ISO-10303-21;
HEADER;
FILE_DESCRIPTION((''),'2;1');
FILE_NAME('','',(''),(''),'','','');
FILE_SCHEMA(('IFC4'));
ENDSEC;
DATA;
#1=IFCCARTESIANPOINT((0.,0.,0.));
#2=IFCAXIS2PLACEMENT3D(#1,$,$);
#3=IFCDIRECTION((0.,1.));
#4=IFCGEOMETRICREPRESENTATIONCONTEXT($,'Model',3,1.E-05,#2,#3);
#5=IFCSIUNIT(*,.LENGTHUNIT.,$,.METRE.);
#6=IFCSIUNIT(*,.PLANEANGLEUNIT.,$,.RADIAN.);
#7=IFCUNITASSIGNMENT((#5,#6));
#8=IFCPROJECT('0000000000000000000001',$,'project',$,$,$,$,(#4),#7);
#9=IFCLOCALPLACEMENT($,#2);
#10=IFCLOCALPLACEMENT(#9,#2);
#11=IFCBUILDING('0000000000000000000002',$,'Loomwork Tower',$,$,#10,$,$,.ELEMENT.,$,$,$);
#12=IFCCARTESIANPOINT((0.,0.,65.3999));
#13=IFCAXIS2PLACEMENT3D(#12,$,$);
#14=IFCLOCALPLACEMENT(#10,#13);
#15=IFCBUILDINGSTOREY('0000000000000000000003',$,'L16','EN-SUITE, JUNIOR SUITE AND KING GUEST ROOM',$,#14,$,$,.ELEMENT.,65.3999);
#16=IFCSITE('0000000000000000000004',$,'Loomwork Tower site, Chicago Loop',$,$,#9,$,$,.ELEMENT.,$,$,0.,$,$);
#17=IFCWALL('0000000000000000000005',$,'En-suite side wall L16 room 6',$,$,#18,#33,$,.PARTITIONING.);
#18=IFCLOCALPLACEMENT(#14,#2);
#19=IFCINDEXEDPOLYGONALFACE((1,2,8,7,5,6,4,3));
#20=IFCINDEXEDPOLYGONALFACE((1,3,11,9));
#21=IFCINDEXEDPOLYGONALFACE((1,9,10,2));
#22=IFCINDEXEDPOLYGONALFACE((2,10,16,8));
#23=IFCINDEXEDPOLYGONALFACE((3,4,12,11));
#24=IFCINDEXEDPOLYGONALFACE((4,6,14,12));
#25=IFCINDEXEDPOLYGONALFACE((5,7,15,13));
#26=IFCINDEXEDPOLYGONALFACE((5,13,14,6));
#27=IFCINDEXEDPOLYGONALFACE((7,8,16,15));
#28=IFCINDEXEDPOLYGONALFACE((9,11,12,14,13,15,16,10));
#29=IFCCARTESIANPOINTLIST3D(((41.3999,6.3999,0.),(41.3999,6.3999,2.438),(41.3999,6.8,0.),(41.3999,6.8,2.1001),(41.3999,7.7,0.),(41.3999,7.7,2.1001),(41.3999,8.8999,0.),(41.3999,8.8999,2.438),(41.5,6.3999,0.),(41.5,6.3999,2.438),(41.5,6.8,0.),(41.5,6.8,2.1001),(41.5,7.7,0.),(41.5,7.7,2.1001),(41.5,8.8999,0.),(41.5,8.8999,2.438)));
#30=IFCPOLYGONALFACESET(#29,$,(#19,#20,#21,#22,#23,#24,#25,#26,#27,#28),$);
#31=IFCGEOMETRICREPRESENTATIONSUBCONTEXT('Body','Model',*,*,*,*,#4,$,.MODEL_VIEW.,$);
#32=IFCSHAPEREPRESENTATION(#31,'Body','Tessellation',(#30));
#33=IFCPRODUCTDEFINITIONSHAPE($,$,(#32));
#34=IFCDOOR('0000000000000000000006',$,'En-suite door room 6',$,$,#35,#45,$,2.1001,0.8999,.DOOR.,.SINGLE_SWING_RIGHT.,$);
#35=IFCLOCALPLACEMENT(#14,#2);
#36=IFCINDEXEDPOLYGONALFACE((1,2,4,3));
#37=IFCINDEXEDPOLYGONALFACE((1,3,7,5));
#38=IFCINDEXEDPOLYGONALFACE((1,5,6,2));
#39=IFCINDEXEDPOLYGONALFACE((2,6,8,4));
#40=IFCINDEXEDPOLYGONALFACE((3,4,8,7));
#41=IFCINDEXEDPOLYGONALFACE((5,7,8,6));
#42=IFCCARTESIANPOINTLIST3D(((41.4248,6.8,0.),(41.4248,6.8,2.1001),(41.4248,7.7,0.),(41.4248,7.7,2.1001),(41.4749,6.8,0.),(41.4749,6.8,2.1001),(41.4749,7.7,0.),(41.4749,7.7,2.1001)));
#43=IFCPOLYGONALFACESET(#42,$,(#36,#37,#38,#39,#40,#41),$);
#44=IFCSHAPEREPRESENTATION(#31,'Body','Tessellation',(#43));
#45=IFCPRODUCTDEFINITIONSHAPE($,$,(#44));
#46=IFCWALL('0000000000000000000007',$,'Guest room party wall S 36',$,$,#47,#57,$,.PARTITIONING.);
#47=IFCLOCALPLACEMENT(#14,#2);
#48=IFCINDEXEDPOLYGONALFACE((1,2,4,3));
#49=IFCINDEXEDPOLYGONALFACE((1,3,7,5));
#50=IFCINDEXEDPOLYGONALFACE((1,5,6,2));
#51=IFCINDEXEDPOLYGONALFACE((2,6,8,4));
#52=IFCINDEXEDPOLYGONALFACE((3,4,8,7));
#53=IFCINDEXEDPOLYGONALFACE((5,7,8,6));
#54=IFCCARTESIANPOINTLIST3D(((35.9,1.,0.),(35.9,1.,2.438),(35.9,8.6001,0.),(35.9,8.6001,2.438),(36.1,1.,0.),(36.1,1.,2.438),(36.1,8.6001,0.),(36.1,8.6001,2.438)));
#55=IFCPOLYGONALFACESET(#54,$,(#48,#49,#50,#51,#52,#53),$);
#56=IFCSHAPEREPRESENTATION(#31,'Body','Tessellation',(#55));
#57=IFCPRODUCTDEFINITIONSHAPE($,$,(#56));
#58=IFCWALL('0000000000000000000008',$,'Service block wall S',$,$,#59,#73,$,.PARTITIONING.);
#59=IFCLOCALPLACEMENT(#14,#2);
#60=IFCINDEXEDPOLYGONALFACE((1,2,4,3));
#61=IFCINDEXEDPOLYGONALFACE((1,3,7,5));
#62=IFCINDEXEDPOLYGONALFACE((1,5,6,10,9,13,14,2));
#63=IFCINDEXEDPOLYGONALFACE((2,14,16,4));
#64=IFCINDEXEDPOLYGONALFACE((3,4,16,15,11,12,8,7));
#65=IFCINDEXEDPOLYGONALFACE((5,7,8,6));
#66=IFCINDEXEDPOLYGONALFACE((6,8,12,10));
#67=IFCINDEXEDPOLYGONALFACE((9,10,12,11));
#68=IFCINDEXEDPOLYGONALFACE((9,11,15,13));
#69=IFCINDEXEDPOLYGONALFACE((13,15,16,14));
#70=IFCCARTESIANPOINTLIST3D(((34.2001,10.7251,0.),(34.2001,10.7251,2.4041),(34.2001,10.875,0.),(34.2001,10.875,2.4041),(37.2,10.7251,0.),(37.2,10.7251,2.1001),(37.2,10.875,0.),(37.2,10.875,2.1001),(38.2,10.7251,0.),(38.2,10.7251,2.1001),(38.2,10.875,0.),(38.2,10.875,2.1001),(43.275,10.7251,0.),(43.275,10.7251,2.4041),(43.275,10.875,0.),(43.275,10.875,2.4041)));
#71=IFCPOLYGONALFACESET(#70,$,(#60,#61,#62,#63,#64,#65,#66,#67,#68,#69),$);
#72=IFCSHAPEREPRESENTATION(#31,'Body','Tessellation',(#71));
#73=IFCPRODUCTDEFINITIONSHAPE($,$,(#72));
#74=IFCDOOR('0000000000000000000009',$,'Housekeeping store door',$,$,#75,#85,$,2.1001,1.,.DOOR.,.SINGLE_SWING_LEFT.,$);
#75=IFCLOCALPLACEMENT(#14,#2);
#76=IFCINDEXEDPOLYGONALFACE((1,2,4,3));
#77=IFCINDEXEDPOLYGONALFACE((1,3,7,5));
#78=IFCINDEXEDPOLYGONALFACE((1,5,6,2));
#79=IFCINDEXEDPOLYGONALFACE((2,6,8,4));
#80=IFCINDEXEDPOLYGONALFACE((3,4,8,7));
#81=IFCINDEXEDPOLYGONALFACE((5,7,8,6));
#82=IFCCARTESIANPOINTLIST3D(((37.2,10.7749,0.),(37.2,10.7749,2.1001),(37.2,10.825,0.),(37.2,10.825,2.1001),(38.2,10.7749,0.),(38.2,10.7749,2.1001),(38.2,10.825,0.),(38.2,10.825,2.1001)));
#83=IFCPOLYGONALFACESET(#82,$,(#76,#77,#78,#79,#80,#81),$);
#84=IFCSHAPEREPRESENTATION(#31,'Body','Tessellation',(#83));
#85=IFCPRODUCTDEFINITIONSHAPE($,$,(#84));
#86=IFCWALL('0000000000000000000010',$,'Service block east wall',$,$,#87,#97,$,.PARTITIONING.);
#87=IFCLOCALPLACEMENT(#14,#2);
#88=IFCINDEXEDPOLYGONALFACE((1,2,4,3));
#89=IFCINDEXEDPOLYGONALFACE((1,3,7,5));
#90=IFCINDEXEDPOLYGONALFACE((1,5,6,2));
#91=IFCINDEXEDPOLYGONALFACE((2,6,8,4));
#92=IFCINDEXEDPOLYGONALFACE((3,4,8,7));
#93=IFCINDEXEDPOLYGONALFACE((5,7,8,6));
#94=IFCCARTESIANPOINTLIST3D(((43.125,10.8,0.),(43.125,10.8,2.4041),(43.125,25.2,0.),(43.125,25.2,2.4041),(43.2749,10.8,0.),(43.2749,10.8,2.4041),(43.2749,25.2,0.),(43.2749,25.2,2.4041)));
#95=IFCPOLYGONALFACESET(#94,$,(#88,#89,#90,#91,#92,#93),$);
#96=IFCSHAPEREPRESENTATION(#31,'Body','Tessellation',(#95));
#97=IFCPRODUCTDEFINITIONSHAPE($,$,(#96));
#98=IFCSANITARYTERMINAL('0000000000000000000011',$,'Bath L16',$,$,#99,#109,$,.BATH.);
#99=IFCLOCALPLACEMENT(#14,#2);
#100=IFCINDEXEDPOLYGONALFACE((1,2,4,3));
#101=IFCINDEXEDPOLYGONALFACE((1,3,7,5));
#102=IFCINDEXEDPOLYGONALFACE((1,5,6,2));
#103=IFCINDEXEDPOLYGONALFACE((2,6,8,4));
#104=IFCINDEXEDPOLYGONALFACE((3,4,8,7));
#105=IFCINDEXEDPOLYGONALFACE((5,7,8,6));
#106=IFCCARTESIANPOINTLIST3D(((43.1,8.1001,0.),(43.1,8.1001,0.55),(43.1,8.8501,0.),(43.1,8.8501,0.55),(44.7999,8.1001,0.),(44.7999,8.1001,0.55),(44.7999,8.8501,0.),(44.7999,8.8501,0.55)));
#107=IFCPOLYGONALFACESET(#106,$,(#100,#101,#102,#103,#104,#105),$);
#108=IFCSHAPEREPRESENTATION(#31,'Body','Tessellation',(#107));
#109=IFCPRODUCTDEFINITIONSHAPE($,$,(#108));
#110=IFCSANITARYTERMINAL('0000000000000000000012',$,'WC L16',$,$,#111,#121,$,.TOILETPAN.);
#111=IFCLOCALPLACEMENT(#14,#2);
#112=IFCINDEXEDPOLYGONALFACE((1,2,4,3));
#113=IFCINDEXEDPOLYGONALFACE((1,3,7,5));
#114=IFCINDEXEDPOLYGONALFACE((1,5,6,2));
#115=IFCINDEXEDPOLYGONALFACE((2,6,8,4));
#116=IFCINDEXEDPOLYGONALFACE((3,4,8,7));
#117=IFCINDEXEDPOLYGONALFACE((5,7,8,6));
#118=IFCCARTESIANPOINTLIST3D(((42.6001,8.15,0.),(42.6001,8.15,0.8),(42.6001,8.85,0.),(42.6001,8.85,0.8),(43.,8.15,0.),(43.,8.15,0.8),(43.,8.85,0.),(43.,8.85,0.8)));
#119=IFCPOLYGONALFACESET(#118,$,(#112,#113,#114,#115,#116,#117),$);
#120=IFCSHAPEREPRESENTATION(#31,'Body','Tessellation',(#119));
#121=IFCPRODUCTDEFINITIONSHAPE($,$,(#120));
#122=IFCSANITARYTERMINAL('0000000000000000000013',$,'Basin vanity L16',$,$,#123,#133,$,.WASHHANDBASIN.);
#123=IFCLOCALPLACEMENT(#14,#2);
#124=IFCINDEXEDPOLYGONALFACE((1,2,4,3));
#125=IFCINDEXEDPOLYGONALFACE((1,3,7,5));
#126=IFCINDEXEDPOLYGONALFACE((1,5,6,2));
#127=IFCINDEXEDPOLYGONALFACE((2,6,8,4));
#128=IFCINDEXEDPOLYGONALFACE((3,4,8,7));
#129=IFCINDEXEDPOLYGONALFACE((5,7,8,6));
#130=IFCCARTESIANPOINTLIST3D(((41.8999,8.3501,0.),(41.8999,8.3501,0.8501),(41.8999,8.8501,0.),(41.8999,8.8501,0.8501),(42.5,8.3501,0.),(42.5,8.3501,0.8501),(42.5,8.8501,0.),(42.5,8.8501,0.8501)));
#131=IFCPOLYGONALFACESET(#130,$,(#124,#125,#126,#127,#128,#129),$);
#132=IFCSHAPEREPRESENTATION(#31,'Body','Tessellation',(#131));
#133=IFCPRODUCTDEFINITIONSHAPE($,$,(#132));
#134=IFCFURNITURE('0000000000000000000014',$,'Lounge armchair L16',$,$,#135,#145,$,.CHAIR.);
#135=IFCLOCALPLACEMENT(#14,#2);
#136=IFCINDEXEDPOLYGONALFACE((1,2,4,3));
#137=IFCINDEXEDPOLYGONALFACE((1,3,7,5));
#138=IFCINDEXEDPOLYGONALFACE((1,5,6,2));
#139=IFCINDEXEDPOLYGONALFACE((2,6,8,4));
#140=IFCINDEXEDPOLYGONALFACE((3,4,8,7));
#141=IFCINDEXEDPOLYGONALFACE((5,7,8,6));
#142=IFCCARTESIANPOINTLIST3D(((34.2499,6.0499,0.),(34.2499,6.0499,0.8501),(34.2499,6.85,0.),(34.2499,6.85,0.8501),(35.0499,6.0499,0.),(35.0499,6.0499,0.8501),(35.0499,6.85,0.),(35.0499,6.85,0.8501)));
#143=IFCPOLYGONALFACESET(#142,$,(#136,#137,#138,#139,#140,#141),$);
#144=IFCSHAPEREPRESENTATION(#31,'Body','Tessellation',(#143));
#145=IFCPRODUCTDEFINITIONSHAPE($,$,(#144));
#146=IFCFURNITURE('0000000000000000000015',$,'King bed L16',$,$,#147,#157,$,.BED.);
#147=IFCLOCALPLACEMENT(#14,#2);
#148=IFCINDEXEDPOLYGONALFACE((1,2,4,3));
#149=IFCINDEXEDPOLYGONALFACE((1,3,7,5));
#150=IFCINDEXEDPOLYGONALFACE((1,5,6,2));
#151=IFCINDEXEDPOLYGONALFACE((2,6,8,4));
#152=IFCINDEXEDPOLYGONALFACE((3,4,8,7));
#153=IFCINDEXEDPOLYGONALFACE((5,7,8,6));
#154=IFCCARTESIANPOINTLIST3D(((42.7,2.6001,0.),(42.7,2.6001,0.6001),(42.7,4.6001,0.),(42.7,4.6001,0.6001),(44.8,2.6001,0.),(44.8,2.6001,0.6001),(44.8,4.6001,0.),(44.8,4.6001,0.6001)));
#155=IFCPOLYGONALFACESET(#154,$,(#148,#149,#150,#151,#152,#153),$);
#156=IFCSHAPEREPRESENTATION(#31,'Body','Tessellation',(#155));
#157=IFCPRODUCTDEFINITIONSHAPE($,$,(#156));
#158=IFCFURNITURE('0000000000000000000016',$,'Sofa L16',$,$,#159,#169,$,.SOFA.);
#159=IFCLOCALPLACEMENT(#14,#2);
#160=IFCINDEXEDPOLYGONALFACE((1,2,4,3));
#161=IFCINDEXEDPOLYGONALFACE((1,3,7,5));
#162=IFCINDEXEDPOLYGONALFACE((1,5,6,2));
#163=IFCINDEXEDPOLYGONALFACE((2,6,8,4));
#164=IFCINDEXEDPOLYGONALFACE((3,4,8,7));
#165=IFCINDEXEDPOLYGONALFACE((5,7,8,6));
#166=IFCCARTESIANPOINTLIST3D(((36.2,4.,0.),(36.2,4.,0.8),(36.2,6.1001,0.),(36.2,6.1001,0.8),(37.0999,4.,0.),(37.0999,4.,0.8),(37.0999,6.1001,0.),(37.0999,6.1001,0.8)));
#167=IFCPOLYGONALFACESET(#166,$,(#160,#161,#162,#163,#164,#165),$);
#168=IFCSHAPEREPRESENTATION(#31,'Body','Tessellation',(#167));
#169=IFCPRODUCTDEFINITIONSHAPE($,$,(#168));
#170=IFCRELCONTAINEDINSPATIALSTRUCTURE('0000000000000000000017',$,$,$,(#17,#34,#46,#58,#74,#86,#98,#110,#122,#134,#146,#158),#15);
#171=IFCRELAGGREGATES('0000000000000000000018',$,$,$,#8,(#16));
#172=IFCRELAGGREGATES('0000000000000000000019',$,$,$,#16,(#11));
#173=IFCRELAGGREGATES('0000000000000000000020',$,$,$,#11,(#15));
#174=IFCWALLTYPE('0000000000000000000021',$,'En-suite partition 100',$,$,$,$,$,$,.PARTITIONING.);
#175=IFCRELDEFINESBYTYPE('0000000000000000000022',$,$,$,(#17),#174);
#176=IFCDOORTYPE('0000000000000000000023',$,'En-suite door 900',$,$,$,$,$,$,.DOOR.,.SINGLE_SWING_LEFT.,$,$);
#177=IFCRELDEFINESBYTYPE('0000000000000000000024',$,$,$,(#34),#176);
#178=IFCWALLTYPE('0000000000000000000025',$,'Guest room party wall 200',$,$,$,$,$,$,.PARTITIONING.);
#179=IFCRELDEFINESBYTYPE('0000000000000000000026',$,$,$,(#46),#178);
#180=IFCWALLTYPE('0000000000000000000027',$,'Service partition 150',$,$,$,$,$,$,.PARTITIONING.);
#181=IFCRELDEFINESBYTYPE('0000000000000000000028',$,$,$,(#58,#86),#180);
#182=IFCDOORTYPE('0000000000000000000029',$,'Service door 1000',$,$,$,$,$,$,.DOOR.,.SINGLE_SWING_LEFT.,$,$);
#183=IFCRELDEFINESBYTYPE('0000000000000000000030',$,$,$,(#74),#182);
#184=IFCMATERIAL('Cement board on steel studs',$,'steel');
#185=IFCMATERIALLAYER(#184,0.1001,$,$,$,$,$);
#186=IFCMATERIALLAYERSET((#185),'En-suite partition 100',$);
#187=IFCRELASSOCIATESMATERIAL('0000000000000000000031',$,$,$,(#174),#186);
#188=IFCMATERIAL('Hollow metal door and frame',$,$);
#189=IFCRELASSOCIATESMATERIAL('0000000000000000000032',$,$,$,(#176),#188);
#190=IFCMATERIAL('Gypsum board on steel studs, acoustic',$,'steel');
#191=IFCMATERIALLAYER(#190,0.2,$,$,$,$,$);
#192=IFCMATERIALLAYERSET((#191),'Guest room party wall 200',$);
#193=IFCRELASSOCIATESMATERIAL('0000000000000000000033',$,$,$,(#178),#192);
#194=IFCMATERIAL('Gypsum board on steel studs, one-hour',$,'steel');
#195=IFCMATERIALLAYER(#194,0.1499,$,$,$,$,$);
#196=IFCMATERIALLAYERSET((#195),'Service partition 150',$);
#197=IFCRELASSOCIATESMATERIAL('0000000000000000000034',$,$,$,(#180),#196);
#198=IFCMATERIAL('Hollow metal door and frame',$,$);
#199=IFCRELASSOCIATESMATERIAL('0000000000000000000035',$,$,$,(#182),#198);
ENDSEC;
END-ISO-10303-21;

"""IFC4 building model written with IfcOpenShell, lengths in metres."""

from ifc_helpers import new_model, si_unit, direction, frame, frame_2d, origin, origin_2d, place, context, subcontext, project, spatial, rectangle, extrude, material, layer, layer_set, type_object, element, fill, save


model = new_model("IFC4")

# Units and contexts
model_context = context("Model", 3, precision=1e-05, world=origin(), true_north=direction((0.0, 1.0)))
body_context = subcontext(model_context, "Body", "Model", "MODEL_VIEW")
ifc_project = project(units=[si_unit("LENGTHUNIT", "METRE"), si_unit("PLANEANGLEUNIT", "RADIAN")], contexts=[model_context])

# Site, building, storey
site_placement = place(None, origin())
site = spatial("IfcSite", under=ifc_project, at=site_placement, Name="Loomwork Tower site, Chicago Loop", CompositionType="ELEMENT", RefElevation=0.0)
building_placement = place(site_placement, origin())
building = spatial("IfcBuilding", under=site, at=building_placement, Name="Loomwork Tower", CompositionType="ELEMENT")
storey_placement = place(building_placement, frame((0.0, 0.0, 65.3999)))
storey = spatial("IfcBuildingStorey", under=building, at=storey_placement, Name="L16", Description="EN-SUITE, JUNIOR SUITE AND KING GUEST ROOM", CompositionType="ELEMENT", Elevation=65.3999)

# Shared definitions
ifc_material_1 = material(Name="Cement board on steel studs", Category="steel")
ifc_layer_1 = layer(ifc_material_1, 0.1001)
ifc_layer_set_1 = layer_set([ifc_layer_1], Name="En-suite partition 100")
wall_type_1 = type_object("IfcWallType", Name="En-suite partition 100", PredefinedType="PARTITIONING", material=ifc_layer_set_1)

# Wall, opening, door
wall_1_placement = place(storey_placement, frame((41.45, 8.8999, 0.0), z_axis=(0.0, 0.0, 1.0), x_axis=(0.0, -1.0, 0.0)))
wall_1 = element("IfcWall", 1, at=wall_1_placement, inside=storey, type_object=wall_type_1, Name="En-suite side wall L16 room 6", PredefinedType="PARTITIONING", context=body_context, shape_type="SweptSolid", body=[
    extrude(rectangle(XDim=2.5, YDim=0.1001, at=frame_2d((1.25, 0.0))), origin(), (0.0, 0.0, 1.0), 2.438),
])
opening_1_placement = place(wall_1_placement, frame((1.2, 0.0, 0.0)))
opening_1 = element("IfcOpeningElement", 2, at=opening_1_placement, cuts=wall_1, PredefinedType="OPENING", context=body_context, shape_type="SweptSolid", body=[
    extrude(rectangle(XDim=0.8999, YDim=2.1001, at=frame_2d((0.45, 1.05))), frame((0.0, 0.0601, 0.0), z_axis=(0.0, -1.0, 0.0), x_axis=(1.0, 0.0, 0.0)), (0.0, 0.0, 1.0), 0.1201),
])
ifc_material_2 = material(Name="Hollow metal door and frame")
door_type_1 = type_object("IfcDoorType", Name="En-suite door 900", OperationType="SINGLE_SWING_LEFT", PredefinedType="DOOR", material=ifc_material_2)
door_1_placement = place(opening_1_placement, origin())
door_1 = element("IfcDoor", 3, at=door_1_placement, inside=storey, type_object=door_type_1, Name="En-suite door room 6", OperationType="SINGLE_SWING_RIGHT", OverallHeight=2.1001, OverallWidth=0.8999, PredefinedType="DOOR", context=body_context, shape_type="SweptSolid", body=[
    extrude(rectangle(XDim=0.8999, YDim=2.1001, at=frame_2d((0.45, 1.05))), frame((0.0, 0.0249, 0.0), z_axis=(0.0, -1.0, 0.0), x_axis=(1.0, 0.0, 0.0)), (0.0, 0.0, 1.0), 0.05),
])
fill(opening_1, door_1)

# Wall
ifc_material_3 = material(Name="Gypsum board on steel studs, acoustic", Category="steel")
ifc_layer_2 = layer(ifc_material_3, 0.2)
ifc_layer_set_2 = layer_set([ifc_layer_2], Name="Guest room party wall 200")
wall_type_2 = type_object("IfcWallType", Name="Guest room party wall 200", PredefinedType="PARTITIONING", material=ifc_layer_set_2)
wall_2_placement = place(storey_placement, frame((36.0, 8.6001, 0.0), z_axis=(0.0, 0.0, 1.0), x_axis=(0.0, -1.0, 0.0)))
element("IfcWall", 4, at=wall_2_placement, inside=storey, type_object=wall_type_2, Name="Guest room party wall S 36", PredefinedType="PARTITIONING", context=body_context, shape_type="SweptSolid", body=[
    extrude(rectangle(XDim=7.6001, YDim=0.2, at=frame_2d((3.8, 0.0))), origin(), (0.0, 0.0, 1.0), 2.438),
])

# Wall, opening, door
ifc_material_4 = material(Name="Gypsum board on steel studs, one-hour", Category="steel")
ifc_layer_3 = layer(ifc_material_4, 0.1499)
ifc_layer_set_3 = layer_set([ifc_layer_3], Name="Service partition 150")
wall_type_3 = type_object("IfcWallType", Name="Service partition 150", PredefinedType="PARTITIONING", material=ifc_layer_set_3)
wall_3_placement = place(storey_placement, frame((34.2, 10.8, 0.0), z_axis=(0.0, 0.0, 1.0), x_axis=(1.0, 0.0, 0.0)))
wall_3 = element("IfcWall", 5, at=wall_3_placement, inside=storey, type_object=wall_type_3, Name="Service block wall S", PredefinedType="PARTITIONING", context=body_context, shape_type="SweptSolid", body=[
    extrude(rectangle(XDim=9.075, YDim=0.1499, at=frame_2d((4.5376, 0.0))), origin(), (0.0, 0.0, 1.0), 2.4041),
])
opening_2_placement = place(wall_3_placement, frame((3.0, 0.0, 0.0)))
opening_2 = element("IfcOpeningElement", 6, at=opening_2_placement, cuts=wall_3, PredefinedType="OPENING", context=body_context, shape_type="SweptSolid", body=[
    extrude(rectangle(XDim=1.0, YDim=2.1001, at=frame_2d((0.5, 1.05))), frame((0.0, 0.085, 0.0), z_axis=(0.0, -1.0, 0.0), x_axis=(1.0, 0.0, 0.0)), (0.0, 0.0, 1.0), 0.1699),
])
ifc_material_5 = material(Name="Hollow metal door and frame")
door_type_2 = type_object("IfcDoorType", Name="Service door 1000", OperationType="SINGLE_SWING_LEFT", PredefinedType="DOOR", material=ifc_material_5)
door_2_placement = place(opening_2_placement, origin())
door_2 = element("IfcDoor", 7, at=door_2_placement, inside=storey, type_object=door_type_2, Name="Housekeeping store door", OperationType="SINGLE_SWING_LEFT", OverallHeight=2.1001, OverallWidth=1.0, PredefinedType="DOOR", context=body_context, shape_type="SweptSolid", body=[
    extrude(rectangle(XDim=1.0, YDim=2.1001, at=frame_2d((0.5, 1.05))), frame((0.0, 0.0249, 0.0), z_axis=(0.0, -1.0, 0.0), x_axis=(1.0, 0.0, 0.0)), (0.0, 0.0, 1.0), 0.05),
])
fill(opening_2, door_2)

# Wall
wall_4_placement = place(storey_placement, frame((43.2, 10.8, 0.0), z_axis=(0.0, 0.0, 1.0), x_axis=(0.0, 1.0, 0.0)))
element("IfcWall", 8, at=wall_4_placement, inside=storey, type_object=wall_type_3, Name="Service block east wall", PredefinedType="PARTITIONING", context=body_context, shape_type="SweptSolid", body=[
    extrude(rectangle(XDim=14.3999, YDim=0.1499, at=frame_2d((7.2, 0.0))), origin(), (0.0, 0.0, 1.0), 2.4041),
])

# Sanitary terminals
sanitary_terminal_1_placement = place(storey_placement, frame((43.95, 8.4751, 0.0), z_axis=(0.0, 0.0, 1.0), x_axis=(1.0, 0.0, 0.0)))
element("IfcSanitaryTerminal", 9, at=sanitary_terminal_1_placement, inside=storey, Name="Bath L16", PredefinedType="BATH", context=body_context, shape_type="SweptSolid", body=[
    extrude(rectangle(XDim=1.7, YDim=0.75, at=origin_2d()), origin(), (0.0, 0.0, 1.0), 0.55),
])
sanitary_terminal_2_placement = place(storey_placement, frame((42.8, 8.5, 0.0), z_axis=(0.0, 0.0, 1.0), x_axis=(1.0, 0.0, 0.0)))
element("IfcSanitaryTerminal", 10, at=sanitary_terminal_2_placement, inside=storey, Name="WC L16", PredefinedType="TOILETPAN", context=body_context, shape_type="SweptSolid", body=[
    extrude(rectangle(XDim=0.3999, YDim=0.7, at=origin_2d()), origin(), (0.0, 0.0, 1.0), 0.8),
])
sanitary_terminal_3_placement = place(storey_placement, frame((42.2, 8.6001, 0.0), z_axis=(0.0, 0.0, 1.0), x_axis=(1.0, 0.0, 0.0)))
element("IfcSanitaryTerminal", 11, at=sanitary_terminal_3_placement, inside=storey, Name="Basin vanity L16", PredefinedType="WASHHANDBASIN", context=body_context, shape_type="SweptSolid", body=[
    extrude(rectangle(XDim=0.6001, YDim=0.5, at=origin_2d()), origin(), (0.0, 0.0, 1.0), 0.8501),
])

# Furniture
furniture_1_placement = place(storey_placement, frame((34.6499, 6.45, 0.0), z_axis=(0.0, 0.0, 1.0), x_axis=(1.0, 0.0, 0.0)))
element("IfcFurniture", 12, at=furniture_1_placement, inside=storey, Name="Lounge armchair L16", PredefinedType="CHAIR", context=body_context, shape_type="SweptSolid", body=[
    extrude(rectangle(XDim=0.8, YDim=0.8, at=origin_2d()), origin(), (0.0, 0.0, 1.0), 0.8501),
])
furniture_2_placement = place(storey_placement, frame((43.75, 3.6001, 0.0), z_axis=(0.0, 0.0, 1.0), x_axis=(1.0, 0.0, 0.0)))
element("IfcFurniture", 13, at=furniture_2_placement, inside=storey, Name="King bed L16", PredefinedType="BED", context=body_context, shape_type="SweptSolid", body=[
    extrude(rectangle(XDim=2.1001, YDim=2.0, at=origin_2d()), origin(), (0.0, 0.0, 1.0), 0.6001),
])
furniture_3_placement = place(storey_placement, frame((36.6499, 5.05, 0.0), z_axis=(0.0, 0.0, 1.0), x_axis=(1.0, 0.0, 0.0)))
element("IfcFurniture", 14, at=furniture_3_placement, inside=storey, Name="Sofa L16", PredefinedType="SOFA", context=body_context, shape_type="SweptSolid", body=[
    extrude(rectangle(XDim=0.8999, YDim=2.1001, at=origin_2d()), origin(), (0.0, 0.0, 1.0), 0.8),
])

save(model, "model.ifc")
